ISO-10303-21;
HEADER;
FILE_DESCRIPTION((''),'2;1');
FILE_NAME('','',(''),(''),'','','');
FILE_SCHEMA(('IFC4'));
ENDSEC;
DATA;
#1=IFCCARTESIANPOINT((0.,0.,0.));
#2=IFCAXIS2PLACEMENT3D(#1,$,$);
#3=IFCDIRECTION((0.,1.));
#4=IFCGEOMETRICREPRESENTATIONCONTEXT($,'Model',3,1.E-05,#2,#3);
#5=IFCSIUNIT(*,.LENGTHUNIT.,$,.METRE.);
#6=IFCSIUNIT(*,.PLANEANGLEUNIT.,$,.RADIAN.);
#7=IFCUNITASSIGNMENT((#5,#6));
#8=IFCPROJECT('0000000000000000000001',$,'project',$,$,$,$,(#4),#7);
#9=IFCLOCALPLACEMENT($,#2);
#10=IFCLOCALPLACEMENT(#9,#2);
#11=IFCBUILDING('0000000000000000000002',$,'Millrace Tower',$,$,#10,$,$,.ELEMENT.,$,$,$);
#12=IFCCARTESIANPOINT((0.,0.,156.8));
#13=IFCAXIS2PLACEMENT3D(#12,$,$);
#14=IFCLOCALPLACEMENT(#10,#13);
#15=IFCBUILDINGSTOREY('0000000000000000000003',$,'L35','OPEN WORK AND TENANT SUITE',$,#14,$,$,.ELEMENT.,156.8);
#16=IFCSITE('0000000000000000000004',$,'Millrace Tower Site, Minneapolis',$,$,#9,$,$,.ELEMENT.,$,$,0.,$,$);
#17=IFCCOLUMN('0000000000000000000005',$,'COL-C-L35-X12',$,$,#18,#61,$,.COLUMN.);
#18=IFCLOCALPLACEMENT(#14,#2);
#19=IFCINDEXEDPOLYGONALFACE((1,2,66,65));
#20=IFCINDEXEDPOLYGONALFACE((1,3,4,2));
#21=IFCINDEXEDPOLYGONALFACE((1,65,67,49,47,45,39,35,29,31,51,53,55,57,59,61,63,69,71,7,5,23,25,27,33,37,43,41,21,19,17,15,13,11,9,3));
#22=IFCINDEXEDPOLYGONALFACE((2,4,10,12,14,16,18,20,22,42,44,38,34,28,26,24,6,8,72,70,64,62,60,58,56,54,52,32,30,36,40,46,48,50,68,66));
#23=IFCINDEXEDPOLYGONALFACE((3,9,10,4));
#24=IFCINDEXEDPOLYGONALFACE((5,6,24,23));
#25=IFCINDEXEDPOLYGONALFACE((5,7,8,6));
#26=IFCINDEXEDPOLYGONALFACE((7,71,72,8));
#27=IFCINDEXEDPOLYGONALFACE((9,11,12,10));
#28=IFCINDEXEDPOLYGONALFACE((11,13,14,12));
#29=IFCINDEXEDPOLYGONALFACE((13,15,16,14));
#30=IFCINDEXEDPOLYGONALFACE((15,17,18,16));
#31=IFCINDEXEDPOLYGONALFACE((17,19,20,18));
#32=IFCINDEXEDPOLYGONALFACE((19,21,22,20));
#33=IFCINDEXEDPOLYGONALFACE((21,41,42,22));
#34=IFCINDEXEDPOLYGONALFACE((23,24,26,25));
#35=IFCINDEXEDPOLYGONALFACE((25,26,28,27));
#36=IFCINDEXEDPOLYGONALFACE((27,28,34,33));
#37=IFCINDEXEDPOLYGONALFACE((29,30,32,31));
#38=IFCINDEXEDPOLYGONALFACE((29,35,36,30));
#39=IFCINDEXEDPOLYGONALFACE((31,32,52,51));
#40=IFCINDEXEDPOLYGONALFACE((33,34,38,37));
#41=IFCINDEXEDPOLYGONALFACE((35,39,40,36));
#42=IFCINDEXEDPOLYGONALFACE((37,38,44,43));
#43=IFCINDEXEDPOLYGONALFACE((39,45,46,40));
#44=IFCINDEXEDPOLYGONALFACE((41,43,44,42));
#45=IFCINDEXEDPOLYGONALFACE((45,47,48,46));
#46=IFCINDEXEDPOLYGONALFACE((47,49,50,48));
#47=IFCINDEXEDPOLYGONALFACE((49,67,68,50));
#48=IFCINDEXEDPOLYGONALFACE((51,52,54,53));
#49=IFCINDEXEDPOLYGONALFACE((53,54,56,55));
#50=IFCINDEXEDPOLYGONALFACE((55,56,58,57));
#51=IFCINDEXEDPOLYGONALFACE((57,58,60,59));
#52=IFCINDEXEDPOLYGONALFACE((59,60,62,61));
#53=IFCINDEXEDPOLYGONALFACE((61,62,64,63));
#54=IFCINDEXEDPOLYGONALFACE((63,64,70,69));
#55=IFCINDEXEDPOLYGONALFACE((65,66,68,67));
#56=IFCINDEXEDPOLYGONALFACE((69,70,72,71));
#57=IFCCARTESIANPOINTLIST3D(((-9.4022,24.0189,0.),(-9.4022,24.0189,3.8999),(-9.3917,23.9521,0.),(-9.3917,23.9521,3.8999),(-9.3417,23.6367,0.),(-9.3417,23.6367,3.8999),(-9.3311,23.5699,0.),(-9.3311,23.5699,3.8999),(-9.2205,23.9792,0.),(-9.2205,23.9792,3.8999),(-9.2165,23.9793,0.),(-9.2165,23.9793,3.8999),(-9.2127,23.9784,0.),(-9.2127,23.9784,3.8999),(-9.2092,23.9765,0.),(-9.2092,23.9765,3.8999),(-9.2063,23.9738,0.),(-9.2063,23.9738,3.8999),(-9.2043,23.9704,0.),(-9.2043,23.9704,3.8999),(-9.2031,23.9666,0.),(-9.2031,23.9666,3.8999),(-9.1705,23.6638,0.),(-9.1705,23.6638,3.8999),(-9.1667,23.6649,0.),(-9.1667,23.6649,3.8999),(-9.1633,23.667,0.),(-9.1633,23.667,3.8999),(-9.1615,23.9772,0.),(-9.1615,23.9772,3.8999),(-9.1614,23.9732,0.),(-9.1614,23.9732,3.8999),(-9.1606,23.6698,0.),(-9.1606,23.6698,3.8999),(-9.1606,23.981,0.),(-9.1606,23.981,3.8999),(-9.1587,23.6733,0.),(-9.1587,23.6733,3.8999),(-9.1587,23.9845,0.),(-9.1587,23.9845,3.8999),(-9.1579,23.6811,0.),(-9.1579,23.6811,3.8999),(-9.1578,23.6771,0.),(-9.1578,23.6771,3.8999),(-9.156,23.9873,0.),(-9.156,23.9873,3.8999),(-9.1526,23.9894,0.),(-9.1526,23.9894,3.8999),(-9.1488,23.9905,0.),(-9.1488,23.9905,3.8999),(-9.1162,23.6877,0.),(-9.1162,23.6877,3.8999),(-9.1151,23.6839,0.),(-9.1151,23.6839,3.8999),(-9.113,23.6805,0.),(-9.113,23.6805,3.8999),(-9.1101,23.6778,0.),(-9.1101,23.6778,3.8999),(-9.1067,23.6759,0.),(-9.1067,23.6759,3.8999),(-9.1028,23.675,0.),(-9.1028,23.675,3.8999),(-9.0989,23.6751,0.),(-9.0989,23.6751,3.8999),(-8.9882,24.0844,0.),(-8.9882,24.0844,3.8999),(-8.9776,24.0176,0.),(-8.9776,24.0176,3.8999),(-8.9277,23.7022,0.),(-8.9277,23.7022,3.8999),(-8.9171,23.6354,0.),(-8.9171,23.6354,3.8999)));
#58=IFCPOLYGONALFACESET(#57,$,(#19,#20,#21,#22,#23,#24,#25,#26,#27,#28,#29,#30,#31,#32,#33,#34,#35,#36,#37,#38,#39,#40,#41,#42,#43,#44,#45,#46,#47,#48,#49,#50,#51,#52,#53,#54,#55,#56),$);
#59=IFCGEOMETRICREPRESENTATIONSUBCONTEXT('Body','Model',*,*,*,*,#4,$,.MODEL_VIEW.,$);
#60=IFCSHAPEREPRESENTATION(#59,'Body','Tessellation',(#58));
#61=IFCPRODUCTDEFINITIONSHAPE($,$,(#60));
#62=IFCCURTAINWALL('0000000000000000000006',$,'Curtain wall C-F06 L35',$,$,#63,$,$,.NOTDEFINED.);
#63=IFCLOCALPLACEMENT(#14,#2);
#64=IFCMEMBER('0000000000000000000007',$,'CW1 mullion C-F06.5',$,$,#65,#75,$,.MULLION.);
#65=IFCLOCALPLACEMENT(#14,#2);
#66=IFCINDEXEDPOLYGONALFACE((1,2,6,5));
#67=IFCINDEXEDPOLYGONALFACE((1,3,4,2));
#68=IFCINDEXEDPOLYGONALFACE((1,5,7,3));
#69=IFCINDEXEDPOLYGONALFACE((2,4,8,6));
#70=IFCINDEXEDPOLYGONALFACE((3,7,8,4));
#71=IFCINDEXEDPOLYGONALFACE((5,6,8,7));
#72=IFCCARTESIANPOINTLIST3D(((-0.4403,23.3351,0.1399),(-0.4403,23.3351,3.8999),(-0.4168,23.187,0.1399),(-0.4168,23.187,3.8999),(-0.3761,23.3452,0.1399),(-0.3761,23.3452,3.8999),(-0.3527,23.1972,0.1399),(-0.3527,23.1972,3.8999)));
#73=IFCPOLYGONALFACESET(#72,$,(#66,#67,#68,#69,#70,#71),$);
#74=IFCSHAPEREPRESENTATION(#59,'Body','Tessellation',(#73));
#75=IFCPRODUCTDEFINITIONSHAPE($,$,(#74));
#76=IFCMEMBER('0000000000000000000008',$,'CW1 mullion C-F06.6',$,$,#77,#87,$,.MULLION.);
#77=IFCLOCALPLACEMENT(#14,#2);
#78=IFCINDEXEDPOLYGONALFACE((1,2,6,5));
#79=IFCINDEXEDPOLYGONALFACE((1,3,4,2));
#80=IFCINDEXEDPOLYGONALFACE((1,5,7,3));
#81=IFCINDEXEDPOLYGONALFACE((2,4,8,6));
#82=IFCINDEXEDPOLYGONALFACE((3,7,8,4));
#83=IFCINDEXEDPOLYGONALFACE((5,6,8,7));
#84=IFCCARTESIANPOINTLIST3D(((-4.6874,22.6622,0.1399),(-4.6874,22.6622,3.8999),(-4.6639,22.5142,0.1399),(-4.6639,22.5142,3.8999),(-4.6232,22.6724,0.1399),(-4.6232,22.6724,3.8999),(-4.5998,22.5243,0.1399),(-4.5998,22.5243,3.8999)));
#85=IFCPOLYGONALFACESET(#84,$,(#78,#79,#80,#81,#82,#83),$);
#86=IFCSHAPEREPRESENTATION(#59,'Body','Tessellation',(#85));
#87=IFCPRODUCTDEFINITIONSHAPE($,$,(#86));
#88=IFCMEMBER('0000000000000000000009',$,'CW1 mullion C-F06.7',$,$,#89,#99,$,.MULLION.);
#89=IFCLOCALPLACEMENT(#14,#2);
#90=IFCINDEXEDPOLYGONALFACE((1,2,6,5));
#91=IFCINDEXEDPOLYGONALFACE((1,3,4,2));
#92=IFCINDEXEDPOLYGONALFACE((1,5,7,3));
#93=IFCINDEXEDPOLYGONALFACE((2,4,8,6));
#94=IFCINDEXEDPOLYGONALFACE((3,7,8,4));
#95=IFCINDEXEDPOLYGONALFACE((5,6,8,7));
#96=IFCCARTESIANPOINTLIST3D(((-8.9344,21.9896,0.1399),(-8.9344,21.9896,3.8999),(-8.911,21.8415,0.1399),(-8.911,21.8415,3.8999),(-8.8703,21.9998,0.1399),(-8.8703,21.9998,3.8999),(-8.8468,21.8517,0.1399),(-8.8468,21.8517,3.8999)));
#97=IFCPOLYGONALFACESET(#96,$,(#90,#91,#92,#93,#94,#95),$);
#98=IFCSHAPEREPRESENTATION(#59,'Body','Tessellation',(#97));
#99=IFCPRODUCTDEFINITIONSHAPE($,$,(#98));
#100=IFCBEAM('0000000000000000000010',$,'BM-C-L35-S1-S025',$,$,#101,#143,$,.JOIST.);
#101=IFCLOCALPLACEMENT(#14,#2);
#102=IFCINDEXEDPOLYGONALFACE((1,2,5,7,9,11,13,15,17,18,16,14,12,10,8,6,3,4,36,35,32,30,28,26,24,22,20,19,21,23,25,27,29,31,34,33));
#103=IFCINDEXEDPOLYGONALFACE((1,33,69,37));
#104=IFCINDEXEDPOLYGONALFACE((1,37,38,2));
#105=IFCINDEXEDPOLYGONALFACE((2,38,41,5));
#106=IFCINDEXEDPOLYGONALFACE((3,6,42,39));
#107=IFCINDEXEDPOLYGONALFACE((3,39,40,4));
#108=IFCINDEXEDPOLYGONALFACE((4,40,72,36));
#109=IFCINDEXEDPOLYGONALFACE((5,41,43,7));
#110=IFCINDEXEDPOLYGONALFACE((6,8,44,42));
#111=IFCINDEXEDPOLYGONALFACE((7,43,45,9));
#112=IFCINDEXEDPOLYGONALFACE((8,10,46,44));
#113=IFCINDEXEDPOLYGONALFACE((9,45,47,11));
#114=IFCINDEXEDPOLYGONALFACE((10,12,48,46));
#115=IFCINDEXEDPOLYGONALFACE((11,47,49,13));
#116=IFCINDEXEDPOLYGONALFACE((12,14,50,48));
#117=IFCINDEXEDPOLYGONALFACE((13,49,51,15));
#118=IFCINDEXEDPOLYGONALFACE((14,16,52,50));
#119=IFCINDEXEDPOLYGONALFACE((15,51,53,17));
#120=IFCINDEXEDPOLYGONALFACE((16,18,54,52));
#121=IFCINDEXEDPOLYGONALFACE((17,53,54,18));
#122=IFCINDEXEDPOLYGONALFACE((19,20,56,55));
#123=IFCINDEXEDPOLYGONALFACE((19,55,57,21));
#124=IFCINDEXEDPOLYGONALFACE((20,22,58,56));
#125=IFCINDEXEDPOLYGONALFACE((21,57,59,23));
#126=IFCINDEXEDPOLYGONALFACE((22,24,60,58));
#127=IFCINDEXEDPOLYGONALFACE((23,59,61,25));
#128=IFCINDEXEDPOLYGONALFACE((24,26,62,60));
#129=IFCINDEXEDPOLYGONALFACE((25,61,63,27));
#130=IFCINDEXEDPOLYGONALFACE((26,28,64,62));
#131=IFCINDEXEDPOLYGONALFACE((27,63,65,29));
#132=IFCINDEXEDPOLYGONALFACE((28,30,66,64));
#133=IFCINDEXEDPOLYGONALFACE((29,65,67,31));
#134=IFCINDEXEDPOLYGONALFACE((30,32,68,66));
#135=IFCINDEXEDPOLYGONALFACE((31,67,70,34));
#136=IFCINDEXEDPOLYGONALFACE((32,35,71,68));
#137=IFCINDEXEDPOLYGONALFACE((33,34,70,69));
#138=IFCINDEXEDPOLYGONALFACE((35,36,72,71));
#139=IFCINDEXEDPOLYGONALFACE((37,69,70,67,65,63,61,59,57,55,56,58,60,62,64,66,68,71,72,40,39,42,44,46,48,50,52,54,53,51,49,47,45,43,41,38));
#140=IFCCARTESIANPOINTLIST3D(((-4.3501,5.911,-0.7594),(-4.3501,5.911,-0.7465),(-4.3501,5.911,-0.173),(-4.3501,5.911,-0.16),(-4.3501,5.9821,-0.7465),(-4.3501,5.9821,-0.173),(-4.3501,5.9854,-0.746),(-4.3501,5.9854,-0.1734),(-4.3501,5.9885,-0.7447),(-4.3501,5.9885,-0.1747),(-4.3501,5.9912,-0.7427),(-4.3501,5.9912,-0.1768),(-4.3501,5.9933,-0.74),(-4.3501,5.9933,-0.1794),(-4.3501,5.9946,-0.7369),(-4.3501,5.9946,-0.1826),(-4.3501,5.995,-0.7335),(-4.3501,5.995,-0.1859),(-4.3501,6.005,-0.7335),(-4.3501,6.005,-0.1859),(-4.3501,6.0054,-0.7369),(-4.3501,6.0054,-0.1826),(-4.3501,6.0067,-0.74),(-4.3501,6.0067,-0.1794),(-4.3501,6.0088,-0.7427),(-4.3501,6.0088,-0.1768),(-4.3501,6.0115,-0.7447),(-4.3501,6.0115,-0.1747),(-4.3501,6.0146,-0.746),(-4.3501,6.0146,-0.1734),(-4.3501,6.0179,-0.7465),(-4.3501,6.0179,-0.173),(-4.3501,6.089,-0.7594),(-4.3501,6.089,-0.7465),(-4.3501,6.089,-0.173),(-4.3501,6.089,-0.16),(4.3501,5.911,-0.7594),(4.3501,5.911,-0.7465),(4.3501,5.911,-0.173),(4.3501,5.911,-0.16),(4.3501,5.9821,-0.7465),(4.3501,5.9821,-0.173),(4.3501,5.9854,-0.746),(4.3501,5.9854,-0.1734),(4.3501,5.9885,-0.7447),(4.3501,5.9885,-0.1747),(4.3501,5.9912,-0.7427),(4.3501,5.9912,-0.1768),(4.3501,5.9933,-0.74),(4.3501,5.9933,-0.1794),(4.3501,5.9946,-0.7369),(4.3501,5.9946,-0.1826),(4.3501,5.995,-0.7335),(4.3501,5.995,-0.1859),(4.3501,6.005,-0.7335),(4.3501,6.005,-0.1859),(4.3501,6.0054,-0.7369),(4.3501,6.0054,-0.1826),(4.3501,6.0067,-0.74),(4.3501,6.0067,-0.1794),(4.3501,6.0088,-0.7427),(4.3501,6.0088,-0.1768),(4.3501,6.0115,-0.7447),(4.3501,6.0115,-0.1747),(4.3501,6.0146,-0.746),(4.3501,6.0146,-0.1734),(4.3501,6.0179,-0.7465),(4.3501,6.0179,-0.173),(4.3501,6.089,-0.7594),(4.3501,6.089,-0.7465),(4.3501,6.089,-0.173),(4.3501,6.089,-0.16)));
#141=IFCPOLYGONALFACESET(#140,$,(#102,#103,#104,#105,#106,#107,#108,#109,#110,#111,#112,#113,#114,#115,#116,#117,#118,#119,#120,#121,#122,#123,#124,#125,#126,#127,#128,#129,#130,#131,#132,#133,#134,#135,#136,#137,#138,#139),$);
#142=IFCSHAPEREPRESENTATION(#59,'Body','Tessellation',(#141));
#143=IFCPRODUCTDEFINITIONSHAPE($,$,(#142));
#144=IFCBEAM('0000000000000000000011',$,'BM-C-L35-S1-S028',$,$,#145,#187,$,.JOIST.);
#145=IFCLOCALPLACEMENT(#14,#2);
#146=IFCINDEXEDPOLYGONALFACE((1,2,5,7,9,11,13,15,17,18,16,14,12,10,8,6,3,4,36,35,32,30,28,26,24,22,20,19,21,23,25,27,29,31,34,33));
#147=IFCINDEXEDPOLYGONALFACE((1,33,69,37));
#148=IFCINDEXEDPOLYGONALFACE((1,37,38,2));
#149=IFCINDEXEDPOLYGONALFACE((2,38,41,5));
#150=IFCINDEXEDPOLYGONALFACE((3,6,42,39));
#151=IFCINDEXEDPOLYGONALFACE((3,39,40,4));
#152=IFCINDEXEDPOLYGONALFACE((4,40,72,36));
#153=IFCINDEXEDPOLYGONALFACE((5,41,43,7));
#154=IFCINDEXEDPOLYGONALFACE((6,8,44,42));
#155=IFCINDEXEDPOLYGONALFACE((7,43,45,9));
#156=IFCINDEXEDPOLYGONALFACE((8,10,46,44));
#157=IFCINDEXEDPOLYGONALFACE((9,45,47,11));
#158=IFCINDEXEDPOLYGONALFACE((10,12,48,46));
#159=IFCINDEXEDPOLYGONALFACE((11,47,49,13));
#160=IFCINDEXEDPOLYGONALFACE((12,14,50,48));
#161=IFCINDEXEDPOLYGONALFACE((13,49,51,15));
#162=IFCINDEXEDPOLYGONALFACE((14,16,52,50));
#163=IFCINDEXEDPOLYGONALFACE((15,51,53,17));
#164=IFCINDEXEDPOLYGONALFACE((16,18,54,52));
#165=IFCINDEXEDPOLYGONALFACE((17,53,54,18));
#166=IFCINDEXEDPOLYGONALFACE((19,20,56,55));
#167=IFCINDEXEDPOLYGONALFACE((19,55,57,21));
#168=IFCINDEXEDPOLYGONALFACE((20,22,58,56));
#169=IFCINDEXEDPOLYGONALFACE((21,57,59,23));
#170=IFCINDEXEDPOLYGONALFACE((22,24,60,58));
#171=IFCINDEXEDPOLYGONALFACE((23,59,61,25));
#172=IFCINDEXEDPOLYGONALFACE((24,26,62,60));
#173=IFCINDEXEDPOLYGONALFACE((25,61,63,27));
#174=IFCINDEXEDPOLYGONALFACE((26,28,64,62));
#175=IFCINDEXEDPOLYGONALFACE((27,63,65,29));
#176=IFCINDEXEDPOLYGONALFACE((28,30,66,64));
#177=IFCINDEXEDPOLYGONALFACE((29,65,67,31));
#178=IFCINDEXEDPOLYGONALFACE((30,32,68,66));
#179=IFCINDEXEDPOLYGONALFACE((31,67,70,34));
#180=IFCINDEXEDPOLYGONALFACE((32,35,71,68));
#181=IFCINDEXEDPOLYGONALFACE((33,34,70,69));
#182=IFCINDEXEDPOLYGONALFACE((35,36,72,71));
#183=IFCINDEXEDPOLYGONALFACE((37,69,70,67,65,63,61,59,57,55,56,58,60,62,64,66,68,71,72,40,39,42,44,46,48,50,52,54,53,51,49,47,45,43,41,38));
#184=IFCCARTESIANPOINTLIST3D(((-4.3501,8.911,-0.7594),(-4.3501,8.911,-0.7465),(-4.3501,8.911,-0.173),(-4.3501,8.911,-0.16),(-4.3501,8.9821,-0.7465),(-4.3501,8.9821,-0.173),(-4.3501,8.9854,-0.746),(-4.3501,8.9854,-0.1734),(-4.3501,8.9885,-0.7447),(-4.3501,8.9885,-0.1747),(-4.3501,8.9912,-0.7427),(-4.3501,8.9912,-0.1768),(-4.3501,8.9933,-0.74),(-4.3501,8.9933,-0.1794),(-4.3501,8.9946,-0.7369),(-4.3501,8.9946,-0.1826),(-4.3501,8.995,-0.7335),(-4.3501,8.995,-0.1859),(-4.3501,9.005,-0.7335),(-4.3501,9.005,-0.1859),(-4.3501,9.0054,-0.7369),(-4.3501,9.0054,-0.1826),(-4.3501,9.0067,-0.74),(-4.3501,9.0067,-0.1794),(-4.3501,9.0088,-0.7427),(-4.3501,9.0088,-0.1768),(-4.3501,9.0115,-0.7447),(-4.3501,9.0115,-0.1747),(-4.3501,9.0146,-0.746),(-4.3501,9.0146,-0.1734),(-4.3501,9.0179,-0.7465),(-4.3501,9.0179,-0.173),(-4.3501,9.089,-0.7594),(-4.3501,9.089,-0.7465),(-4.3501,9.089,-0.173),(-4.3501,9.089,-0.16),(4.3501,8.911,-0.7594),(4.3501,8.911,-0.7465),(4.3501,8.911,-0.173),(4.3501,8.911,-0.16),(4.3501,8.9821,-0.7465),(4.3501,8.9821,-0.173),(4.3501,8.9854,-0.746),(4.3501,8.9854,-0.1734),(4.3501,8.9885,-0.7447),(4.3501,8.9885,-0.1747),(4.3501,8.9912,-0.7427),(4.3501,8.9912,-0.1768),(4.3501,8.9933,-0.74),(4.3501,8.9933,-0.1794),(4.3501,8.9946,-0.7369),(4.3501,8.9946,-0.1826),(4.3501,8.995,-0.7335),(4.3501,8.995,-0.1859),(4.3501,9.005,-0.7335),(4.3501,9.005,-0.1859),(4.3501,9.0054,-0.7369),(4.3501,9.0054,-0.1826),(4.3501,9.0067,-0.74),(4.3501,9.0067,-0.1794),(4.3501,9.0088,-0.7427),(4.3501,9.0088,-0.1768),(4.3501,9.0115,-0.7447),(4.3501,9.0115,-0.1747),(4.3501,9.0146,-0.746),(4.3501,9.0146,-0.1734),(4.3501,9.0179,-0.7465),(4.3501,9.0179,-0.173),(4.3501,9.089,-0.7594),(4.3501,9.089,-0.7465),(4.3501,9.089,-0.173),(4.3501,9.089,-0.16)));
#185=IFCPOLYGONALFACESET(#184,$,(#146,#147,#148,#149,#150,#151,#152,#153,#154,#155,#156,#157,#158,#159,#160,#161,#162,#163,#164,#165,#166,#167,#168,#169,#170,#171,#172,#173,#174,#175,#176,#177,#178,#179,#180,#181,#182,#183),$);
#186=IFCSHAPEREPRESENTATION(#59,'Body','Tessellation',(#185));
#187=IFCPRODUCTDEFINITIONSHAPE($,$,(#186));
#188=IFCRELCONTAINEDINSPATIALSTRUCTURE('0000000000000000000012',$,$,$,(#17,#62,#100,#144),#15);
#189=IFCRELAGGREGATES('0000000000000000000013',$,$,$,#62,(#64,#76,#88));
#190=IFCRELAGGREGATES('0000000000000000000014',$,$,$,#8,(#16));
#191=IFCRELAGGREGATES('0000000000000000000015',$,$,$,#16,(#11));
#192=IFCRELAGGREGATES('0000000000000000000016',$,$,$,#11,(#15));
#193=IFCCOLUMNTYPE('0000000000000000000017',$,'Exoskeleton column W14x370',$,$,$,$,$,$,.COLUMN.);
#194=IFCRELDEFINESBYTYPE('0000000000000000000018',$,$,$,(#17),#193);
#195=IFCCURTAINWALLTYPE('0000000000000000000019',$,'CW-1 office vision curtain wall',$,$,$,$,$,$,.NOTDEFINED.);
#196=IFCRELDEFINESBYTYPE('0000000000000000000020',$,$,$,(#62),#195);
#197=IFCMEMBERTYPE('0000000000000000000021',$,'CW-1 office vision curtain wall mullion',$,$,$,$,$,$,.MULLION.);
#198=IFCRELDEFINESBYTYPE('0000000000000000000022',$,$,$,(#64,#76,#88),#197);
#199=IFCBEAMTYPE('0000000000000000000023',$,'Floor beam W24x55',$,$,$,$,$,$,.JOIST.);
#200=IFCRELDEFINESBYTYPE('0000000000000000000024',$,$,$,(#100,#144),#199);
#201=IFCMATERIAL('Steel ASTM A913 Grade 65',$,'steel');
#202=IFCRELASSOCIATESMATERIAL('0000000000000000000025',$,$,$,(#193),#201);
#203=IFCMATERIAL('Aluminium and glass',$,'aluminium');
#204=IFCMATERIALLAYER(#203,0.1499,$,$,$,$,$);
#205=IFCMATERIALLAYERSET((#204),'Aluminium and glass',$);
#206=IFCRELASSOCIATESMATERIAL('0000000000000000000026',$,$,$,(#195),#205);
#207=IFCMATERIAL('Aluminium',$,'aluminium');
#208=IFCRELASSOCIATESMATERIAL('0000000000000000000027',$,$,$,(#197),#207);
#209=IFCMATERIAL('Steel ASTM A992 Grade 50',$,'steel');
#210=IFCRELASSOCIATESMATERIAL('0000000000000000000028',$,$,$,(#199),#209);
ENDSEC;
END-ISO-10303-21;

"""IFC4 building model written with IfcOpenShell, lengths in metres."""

from ifc_helpers import new_model, si_unit, direction, frame, origin, origin_2d, place, context, subcontext, project, spatial, rectangle, i_section, extrude, material, layer, layer_set, material_profile, profile_set, type_object, element, aggregate, save


model = new_model("IFC4")

# Units and contexts
model_context = context("Model", 3, precision=1e-05, world=origin(), true_north=direction((0.0, 1.0)))
body_context = subcontext(model_context, "Body", "Model", "MODEL_VIEW")
ifc_project = project(units=[si_unit("LENGTHUNIT", "METRE"), si_unit("PLANEANGLEUNIT", "RADIAN")], contexts=[model_context])

# Site, building, storey
site_placement = place(None, origin())
site = spatial("IfcSite", under=ifc_project, at=site_placement, Name="Millrace Tower Site, Minneapolis", CompositionType="ELEMENT", RefElevation=0.0)
building_placement = place(site_placement, origin())
building = spatial("IfcBuilding", under=site, at=building_placement, Name="Millrace Tower", CompositionType="ELEMENT")
storey_placement = place(building_placement, frame((0.0, 0.0, 156.8)))
storey = spatial("IfcBuildingStorey", under=building, at=storey_placement, Name="L35", Description="OPEN WORK AND TENANT SUITE", CompositionType="ELEMENT", Elevation=156.8)

# Column
ifc_material_1 = material(Name="Steel ASTM A913 Grade 65", Category="steel")
ifc_material_profile_1 = material_profile(ifc_material_1, i_section(OverallWidth=0.4192, OverallDepth=0.4546, WebThickness=0.0422, FlangeThickness=0.0676, FilletRadius=0.0151, at=origin_2d()))
ifc_profile_set_1 = profile_set([ifc_material_profile_1], Name="Steel ASTM A913 Grade 65")
column_type = type_object("IfcColumnType", Name="Exoskeleton column W14x370", PredefinedType="COLUMN", material=ifc_profile_set_1)
column_placement = place(storey_placement, frame((-9.1597, 23.8271, 0.0), z_axis=(0.0, 0.0, 1.0), x_axis=(-0.987688, -0.156434, 0.0)))
element("IfcColumn", 1, at=column_placement, inside=storey, type_object=column_type, Name="COL-C-L35-X12", PredefinedType="COLUMN", context=body_context, shape_type="SweptSolid", body=[
    extrude(i_section(OverallWidth=0.4192, OverallDepth=0.4546, WebThickness=0.0422, FlangeThickness=0.0676, FilletRadius=0.0151, at=origin_2d()), origin(), (0.0, 0.0, 1.0), 3.8999),
])

# Curtain wall, members
ifc_material_2 = material(Name="Aluminium and glass", Category="aluminium")
ifc_layer_1 = layer(ifc_material_2, 0.1499)
ifc_layer_set_1 = layer_set([ifc_layer_1], Name="Aluminium and glass")
curtain_wall_type = type_object("IfcCurtainWallType", Name="CW-1 office vision curtain wall", PredefinedType="NOTDEFINED", material=ifc_layer_set_1)
placement = place(storey_placement, origin())
curtain_wall = element("IfcCurtainWall", 2, at=placement, inside=storey, type_object=curtain_wall_type, Name="Curtain wall C-F06 L35", PredefinedType="NOTDEFINED")
ifc_material_3 = material(Name="Aluminium", Category="aluminium")
ifc_material_profile_2 = material_profile(ifc_material_3, rectangle(XDim=0.0649, YDim=0.1499, at=origin_2d()))
ifc_profile_set_2 = profile_set([ifc_material_profile_2], Name="Aluminium")
member_type = type_object("IfcMemberType", Name="CW-1 office vision curtain wall mullion", PredefinedType="MULLION", material=ifc_profile_set_2)
member_1_placement = place(storey_placement, frame((-0.3965, 23.2661, 0.1399), z_axis=(0.0, 0.0, 1.0), x_axis=(-0.987688, -0.156434, 0.0)))
member_1 = element("IfcMember", 3, at=member_1_placement, type_object=member_type, Name="CW1 mullion C-F06.5", PredefinedType="MULLION", context=body_context, shape_type="SweptSolid", body=[
    extrude(rectangle(XDim=0.0649, YDim=0.1499, at=origin_2d()), origin(), (0.0, 0.0, 1.0), 3.76),
])
member_2_placement = place(storey_placement, frame((-4.6436, 22.5933, 0.1399), z_axis=(0.0, 0.0, 1.0), x_axis=(-0.987688, -0.156434, 0.0)))
member_2 = element("IfcMember", 4, at=member_2_placement, type_object=member_type, Name="CW1 mullion C-F06.6", PredefinedType="MULLION", context=body_context, shape_type="SweptSolid", body=[
    extrude(rectangle(XDim=0.0649, YDim=0.1499, at=origin_2d()), origin(), (0.0, 0.0, 1.0), 3.76),
])
member_3_placement = place(storey_placement, frame((-8.8906, 21.9207, 0.1399), z_axis=(0.0, 0.0, 1.0), x_axis=(-0.987688, -0.156434, 0.0)))
member_3 = element("IfcMember", 5, at=member_3_placement, type_object=member_type, Name="CW1 mullion C-F06.7", PredefinedType="MULLION", context=body_context, shape_type="SweptSolid", body=[
    extrude(rectangle(XDim=0.0649, YDim=0.1499, at=origin_2d()), origin(), (0.0, 0.0, 1.0), 3.76),
])
aggregate(curtain_wall, [member_1, member_2, member_3])

# Beams
ifc_material_4 = material(Name="Steel ASTM A992 Grade 50", Category="steel")
ifc_material_profile_3 = material_profile(ifc_material_4, i_section(OverallWidth=0.178, OverallDepth=0.5994, WebThickness=0.01, FlangeThickness=0.0129, FilletRadius=0.0129, at=origin_2d()))
ifc_profile_set_3 = profile_set([ifc_material_profile_3], Name="Steel ASTM A992 Grade 50")
beam_type_1 = type_object("IfcBeamType", Name="Floor beam W24x55", PredefinedType="JOIST", material=ifc_profile_set_3)
for number, where, z_axis, x_axis, name in (
    (6, (-4.3501, 6.0, -0.4597), (1.0, 0.0, 0.0), (0.0, 1.0, 0.0), "BM-C-L35-S1-S025"),
    (7, (-4.3501, 9.0, -0.4597), (1.0, 0.0, 0.0), (0.0, 1.0, 0.0), "BM-C-L35-S1-S028"),
):
    element("IfcBeam", number, at=place(storey_placement, frame(where, z_axis=z_axis, x_axis=x_axis)), inside=storey, type_object=beam_type_1, Name=name, PredefinedType="JOIST", context=body_context, shape_type="SweptSolid", body=[
        extrude(i_section(OverallWidth=0.178, OverallDepth=0.5994, WebThickness=0.01, FlangeThickness=0.0129, FilletRadius=0.0129, at=origin_2d()), origin(), (0.0, 0.0, 1.0), 8.7002),
    ])

save(model, "model.ifc")
